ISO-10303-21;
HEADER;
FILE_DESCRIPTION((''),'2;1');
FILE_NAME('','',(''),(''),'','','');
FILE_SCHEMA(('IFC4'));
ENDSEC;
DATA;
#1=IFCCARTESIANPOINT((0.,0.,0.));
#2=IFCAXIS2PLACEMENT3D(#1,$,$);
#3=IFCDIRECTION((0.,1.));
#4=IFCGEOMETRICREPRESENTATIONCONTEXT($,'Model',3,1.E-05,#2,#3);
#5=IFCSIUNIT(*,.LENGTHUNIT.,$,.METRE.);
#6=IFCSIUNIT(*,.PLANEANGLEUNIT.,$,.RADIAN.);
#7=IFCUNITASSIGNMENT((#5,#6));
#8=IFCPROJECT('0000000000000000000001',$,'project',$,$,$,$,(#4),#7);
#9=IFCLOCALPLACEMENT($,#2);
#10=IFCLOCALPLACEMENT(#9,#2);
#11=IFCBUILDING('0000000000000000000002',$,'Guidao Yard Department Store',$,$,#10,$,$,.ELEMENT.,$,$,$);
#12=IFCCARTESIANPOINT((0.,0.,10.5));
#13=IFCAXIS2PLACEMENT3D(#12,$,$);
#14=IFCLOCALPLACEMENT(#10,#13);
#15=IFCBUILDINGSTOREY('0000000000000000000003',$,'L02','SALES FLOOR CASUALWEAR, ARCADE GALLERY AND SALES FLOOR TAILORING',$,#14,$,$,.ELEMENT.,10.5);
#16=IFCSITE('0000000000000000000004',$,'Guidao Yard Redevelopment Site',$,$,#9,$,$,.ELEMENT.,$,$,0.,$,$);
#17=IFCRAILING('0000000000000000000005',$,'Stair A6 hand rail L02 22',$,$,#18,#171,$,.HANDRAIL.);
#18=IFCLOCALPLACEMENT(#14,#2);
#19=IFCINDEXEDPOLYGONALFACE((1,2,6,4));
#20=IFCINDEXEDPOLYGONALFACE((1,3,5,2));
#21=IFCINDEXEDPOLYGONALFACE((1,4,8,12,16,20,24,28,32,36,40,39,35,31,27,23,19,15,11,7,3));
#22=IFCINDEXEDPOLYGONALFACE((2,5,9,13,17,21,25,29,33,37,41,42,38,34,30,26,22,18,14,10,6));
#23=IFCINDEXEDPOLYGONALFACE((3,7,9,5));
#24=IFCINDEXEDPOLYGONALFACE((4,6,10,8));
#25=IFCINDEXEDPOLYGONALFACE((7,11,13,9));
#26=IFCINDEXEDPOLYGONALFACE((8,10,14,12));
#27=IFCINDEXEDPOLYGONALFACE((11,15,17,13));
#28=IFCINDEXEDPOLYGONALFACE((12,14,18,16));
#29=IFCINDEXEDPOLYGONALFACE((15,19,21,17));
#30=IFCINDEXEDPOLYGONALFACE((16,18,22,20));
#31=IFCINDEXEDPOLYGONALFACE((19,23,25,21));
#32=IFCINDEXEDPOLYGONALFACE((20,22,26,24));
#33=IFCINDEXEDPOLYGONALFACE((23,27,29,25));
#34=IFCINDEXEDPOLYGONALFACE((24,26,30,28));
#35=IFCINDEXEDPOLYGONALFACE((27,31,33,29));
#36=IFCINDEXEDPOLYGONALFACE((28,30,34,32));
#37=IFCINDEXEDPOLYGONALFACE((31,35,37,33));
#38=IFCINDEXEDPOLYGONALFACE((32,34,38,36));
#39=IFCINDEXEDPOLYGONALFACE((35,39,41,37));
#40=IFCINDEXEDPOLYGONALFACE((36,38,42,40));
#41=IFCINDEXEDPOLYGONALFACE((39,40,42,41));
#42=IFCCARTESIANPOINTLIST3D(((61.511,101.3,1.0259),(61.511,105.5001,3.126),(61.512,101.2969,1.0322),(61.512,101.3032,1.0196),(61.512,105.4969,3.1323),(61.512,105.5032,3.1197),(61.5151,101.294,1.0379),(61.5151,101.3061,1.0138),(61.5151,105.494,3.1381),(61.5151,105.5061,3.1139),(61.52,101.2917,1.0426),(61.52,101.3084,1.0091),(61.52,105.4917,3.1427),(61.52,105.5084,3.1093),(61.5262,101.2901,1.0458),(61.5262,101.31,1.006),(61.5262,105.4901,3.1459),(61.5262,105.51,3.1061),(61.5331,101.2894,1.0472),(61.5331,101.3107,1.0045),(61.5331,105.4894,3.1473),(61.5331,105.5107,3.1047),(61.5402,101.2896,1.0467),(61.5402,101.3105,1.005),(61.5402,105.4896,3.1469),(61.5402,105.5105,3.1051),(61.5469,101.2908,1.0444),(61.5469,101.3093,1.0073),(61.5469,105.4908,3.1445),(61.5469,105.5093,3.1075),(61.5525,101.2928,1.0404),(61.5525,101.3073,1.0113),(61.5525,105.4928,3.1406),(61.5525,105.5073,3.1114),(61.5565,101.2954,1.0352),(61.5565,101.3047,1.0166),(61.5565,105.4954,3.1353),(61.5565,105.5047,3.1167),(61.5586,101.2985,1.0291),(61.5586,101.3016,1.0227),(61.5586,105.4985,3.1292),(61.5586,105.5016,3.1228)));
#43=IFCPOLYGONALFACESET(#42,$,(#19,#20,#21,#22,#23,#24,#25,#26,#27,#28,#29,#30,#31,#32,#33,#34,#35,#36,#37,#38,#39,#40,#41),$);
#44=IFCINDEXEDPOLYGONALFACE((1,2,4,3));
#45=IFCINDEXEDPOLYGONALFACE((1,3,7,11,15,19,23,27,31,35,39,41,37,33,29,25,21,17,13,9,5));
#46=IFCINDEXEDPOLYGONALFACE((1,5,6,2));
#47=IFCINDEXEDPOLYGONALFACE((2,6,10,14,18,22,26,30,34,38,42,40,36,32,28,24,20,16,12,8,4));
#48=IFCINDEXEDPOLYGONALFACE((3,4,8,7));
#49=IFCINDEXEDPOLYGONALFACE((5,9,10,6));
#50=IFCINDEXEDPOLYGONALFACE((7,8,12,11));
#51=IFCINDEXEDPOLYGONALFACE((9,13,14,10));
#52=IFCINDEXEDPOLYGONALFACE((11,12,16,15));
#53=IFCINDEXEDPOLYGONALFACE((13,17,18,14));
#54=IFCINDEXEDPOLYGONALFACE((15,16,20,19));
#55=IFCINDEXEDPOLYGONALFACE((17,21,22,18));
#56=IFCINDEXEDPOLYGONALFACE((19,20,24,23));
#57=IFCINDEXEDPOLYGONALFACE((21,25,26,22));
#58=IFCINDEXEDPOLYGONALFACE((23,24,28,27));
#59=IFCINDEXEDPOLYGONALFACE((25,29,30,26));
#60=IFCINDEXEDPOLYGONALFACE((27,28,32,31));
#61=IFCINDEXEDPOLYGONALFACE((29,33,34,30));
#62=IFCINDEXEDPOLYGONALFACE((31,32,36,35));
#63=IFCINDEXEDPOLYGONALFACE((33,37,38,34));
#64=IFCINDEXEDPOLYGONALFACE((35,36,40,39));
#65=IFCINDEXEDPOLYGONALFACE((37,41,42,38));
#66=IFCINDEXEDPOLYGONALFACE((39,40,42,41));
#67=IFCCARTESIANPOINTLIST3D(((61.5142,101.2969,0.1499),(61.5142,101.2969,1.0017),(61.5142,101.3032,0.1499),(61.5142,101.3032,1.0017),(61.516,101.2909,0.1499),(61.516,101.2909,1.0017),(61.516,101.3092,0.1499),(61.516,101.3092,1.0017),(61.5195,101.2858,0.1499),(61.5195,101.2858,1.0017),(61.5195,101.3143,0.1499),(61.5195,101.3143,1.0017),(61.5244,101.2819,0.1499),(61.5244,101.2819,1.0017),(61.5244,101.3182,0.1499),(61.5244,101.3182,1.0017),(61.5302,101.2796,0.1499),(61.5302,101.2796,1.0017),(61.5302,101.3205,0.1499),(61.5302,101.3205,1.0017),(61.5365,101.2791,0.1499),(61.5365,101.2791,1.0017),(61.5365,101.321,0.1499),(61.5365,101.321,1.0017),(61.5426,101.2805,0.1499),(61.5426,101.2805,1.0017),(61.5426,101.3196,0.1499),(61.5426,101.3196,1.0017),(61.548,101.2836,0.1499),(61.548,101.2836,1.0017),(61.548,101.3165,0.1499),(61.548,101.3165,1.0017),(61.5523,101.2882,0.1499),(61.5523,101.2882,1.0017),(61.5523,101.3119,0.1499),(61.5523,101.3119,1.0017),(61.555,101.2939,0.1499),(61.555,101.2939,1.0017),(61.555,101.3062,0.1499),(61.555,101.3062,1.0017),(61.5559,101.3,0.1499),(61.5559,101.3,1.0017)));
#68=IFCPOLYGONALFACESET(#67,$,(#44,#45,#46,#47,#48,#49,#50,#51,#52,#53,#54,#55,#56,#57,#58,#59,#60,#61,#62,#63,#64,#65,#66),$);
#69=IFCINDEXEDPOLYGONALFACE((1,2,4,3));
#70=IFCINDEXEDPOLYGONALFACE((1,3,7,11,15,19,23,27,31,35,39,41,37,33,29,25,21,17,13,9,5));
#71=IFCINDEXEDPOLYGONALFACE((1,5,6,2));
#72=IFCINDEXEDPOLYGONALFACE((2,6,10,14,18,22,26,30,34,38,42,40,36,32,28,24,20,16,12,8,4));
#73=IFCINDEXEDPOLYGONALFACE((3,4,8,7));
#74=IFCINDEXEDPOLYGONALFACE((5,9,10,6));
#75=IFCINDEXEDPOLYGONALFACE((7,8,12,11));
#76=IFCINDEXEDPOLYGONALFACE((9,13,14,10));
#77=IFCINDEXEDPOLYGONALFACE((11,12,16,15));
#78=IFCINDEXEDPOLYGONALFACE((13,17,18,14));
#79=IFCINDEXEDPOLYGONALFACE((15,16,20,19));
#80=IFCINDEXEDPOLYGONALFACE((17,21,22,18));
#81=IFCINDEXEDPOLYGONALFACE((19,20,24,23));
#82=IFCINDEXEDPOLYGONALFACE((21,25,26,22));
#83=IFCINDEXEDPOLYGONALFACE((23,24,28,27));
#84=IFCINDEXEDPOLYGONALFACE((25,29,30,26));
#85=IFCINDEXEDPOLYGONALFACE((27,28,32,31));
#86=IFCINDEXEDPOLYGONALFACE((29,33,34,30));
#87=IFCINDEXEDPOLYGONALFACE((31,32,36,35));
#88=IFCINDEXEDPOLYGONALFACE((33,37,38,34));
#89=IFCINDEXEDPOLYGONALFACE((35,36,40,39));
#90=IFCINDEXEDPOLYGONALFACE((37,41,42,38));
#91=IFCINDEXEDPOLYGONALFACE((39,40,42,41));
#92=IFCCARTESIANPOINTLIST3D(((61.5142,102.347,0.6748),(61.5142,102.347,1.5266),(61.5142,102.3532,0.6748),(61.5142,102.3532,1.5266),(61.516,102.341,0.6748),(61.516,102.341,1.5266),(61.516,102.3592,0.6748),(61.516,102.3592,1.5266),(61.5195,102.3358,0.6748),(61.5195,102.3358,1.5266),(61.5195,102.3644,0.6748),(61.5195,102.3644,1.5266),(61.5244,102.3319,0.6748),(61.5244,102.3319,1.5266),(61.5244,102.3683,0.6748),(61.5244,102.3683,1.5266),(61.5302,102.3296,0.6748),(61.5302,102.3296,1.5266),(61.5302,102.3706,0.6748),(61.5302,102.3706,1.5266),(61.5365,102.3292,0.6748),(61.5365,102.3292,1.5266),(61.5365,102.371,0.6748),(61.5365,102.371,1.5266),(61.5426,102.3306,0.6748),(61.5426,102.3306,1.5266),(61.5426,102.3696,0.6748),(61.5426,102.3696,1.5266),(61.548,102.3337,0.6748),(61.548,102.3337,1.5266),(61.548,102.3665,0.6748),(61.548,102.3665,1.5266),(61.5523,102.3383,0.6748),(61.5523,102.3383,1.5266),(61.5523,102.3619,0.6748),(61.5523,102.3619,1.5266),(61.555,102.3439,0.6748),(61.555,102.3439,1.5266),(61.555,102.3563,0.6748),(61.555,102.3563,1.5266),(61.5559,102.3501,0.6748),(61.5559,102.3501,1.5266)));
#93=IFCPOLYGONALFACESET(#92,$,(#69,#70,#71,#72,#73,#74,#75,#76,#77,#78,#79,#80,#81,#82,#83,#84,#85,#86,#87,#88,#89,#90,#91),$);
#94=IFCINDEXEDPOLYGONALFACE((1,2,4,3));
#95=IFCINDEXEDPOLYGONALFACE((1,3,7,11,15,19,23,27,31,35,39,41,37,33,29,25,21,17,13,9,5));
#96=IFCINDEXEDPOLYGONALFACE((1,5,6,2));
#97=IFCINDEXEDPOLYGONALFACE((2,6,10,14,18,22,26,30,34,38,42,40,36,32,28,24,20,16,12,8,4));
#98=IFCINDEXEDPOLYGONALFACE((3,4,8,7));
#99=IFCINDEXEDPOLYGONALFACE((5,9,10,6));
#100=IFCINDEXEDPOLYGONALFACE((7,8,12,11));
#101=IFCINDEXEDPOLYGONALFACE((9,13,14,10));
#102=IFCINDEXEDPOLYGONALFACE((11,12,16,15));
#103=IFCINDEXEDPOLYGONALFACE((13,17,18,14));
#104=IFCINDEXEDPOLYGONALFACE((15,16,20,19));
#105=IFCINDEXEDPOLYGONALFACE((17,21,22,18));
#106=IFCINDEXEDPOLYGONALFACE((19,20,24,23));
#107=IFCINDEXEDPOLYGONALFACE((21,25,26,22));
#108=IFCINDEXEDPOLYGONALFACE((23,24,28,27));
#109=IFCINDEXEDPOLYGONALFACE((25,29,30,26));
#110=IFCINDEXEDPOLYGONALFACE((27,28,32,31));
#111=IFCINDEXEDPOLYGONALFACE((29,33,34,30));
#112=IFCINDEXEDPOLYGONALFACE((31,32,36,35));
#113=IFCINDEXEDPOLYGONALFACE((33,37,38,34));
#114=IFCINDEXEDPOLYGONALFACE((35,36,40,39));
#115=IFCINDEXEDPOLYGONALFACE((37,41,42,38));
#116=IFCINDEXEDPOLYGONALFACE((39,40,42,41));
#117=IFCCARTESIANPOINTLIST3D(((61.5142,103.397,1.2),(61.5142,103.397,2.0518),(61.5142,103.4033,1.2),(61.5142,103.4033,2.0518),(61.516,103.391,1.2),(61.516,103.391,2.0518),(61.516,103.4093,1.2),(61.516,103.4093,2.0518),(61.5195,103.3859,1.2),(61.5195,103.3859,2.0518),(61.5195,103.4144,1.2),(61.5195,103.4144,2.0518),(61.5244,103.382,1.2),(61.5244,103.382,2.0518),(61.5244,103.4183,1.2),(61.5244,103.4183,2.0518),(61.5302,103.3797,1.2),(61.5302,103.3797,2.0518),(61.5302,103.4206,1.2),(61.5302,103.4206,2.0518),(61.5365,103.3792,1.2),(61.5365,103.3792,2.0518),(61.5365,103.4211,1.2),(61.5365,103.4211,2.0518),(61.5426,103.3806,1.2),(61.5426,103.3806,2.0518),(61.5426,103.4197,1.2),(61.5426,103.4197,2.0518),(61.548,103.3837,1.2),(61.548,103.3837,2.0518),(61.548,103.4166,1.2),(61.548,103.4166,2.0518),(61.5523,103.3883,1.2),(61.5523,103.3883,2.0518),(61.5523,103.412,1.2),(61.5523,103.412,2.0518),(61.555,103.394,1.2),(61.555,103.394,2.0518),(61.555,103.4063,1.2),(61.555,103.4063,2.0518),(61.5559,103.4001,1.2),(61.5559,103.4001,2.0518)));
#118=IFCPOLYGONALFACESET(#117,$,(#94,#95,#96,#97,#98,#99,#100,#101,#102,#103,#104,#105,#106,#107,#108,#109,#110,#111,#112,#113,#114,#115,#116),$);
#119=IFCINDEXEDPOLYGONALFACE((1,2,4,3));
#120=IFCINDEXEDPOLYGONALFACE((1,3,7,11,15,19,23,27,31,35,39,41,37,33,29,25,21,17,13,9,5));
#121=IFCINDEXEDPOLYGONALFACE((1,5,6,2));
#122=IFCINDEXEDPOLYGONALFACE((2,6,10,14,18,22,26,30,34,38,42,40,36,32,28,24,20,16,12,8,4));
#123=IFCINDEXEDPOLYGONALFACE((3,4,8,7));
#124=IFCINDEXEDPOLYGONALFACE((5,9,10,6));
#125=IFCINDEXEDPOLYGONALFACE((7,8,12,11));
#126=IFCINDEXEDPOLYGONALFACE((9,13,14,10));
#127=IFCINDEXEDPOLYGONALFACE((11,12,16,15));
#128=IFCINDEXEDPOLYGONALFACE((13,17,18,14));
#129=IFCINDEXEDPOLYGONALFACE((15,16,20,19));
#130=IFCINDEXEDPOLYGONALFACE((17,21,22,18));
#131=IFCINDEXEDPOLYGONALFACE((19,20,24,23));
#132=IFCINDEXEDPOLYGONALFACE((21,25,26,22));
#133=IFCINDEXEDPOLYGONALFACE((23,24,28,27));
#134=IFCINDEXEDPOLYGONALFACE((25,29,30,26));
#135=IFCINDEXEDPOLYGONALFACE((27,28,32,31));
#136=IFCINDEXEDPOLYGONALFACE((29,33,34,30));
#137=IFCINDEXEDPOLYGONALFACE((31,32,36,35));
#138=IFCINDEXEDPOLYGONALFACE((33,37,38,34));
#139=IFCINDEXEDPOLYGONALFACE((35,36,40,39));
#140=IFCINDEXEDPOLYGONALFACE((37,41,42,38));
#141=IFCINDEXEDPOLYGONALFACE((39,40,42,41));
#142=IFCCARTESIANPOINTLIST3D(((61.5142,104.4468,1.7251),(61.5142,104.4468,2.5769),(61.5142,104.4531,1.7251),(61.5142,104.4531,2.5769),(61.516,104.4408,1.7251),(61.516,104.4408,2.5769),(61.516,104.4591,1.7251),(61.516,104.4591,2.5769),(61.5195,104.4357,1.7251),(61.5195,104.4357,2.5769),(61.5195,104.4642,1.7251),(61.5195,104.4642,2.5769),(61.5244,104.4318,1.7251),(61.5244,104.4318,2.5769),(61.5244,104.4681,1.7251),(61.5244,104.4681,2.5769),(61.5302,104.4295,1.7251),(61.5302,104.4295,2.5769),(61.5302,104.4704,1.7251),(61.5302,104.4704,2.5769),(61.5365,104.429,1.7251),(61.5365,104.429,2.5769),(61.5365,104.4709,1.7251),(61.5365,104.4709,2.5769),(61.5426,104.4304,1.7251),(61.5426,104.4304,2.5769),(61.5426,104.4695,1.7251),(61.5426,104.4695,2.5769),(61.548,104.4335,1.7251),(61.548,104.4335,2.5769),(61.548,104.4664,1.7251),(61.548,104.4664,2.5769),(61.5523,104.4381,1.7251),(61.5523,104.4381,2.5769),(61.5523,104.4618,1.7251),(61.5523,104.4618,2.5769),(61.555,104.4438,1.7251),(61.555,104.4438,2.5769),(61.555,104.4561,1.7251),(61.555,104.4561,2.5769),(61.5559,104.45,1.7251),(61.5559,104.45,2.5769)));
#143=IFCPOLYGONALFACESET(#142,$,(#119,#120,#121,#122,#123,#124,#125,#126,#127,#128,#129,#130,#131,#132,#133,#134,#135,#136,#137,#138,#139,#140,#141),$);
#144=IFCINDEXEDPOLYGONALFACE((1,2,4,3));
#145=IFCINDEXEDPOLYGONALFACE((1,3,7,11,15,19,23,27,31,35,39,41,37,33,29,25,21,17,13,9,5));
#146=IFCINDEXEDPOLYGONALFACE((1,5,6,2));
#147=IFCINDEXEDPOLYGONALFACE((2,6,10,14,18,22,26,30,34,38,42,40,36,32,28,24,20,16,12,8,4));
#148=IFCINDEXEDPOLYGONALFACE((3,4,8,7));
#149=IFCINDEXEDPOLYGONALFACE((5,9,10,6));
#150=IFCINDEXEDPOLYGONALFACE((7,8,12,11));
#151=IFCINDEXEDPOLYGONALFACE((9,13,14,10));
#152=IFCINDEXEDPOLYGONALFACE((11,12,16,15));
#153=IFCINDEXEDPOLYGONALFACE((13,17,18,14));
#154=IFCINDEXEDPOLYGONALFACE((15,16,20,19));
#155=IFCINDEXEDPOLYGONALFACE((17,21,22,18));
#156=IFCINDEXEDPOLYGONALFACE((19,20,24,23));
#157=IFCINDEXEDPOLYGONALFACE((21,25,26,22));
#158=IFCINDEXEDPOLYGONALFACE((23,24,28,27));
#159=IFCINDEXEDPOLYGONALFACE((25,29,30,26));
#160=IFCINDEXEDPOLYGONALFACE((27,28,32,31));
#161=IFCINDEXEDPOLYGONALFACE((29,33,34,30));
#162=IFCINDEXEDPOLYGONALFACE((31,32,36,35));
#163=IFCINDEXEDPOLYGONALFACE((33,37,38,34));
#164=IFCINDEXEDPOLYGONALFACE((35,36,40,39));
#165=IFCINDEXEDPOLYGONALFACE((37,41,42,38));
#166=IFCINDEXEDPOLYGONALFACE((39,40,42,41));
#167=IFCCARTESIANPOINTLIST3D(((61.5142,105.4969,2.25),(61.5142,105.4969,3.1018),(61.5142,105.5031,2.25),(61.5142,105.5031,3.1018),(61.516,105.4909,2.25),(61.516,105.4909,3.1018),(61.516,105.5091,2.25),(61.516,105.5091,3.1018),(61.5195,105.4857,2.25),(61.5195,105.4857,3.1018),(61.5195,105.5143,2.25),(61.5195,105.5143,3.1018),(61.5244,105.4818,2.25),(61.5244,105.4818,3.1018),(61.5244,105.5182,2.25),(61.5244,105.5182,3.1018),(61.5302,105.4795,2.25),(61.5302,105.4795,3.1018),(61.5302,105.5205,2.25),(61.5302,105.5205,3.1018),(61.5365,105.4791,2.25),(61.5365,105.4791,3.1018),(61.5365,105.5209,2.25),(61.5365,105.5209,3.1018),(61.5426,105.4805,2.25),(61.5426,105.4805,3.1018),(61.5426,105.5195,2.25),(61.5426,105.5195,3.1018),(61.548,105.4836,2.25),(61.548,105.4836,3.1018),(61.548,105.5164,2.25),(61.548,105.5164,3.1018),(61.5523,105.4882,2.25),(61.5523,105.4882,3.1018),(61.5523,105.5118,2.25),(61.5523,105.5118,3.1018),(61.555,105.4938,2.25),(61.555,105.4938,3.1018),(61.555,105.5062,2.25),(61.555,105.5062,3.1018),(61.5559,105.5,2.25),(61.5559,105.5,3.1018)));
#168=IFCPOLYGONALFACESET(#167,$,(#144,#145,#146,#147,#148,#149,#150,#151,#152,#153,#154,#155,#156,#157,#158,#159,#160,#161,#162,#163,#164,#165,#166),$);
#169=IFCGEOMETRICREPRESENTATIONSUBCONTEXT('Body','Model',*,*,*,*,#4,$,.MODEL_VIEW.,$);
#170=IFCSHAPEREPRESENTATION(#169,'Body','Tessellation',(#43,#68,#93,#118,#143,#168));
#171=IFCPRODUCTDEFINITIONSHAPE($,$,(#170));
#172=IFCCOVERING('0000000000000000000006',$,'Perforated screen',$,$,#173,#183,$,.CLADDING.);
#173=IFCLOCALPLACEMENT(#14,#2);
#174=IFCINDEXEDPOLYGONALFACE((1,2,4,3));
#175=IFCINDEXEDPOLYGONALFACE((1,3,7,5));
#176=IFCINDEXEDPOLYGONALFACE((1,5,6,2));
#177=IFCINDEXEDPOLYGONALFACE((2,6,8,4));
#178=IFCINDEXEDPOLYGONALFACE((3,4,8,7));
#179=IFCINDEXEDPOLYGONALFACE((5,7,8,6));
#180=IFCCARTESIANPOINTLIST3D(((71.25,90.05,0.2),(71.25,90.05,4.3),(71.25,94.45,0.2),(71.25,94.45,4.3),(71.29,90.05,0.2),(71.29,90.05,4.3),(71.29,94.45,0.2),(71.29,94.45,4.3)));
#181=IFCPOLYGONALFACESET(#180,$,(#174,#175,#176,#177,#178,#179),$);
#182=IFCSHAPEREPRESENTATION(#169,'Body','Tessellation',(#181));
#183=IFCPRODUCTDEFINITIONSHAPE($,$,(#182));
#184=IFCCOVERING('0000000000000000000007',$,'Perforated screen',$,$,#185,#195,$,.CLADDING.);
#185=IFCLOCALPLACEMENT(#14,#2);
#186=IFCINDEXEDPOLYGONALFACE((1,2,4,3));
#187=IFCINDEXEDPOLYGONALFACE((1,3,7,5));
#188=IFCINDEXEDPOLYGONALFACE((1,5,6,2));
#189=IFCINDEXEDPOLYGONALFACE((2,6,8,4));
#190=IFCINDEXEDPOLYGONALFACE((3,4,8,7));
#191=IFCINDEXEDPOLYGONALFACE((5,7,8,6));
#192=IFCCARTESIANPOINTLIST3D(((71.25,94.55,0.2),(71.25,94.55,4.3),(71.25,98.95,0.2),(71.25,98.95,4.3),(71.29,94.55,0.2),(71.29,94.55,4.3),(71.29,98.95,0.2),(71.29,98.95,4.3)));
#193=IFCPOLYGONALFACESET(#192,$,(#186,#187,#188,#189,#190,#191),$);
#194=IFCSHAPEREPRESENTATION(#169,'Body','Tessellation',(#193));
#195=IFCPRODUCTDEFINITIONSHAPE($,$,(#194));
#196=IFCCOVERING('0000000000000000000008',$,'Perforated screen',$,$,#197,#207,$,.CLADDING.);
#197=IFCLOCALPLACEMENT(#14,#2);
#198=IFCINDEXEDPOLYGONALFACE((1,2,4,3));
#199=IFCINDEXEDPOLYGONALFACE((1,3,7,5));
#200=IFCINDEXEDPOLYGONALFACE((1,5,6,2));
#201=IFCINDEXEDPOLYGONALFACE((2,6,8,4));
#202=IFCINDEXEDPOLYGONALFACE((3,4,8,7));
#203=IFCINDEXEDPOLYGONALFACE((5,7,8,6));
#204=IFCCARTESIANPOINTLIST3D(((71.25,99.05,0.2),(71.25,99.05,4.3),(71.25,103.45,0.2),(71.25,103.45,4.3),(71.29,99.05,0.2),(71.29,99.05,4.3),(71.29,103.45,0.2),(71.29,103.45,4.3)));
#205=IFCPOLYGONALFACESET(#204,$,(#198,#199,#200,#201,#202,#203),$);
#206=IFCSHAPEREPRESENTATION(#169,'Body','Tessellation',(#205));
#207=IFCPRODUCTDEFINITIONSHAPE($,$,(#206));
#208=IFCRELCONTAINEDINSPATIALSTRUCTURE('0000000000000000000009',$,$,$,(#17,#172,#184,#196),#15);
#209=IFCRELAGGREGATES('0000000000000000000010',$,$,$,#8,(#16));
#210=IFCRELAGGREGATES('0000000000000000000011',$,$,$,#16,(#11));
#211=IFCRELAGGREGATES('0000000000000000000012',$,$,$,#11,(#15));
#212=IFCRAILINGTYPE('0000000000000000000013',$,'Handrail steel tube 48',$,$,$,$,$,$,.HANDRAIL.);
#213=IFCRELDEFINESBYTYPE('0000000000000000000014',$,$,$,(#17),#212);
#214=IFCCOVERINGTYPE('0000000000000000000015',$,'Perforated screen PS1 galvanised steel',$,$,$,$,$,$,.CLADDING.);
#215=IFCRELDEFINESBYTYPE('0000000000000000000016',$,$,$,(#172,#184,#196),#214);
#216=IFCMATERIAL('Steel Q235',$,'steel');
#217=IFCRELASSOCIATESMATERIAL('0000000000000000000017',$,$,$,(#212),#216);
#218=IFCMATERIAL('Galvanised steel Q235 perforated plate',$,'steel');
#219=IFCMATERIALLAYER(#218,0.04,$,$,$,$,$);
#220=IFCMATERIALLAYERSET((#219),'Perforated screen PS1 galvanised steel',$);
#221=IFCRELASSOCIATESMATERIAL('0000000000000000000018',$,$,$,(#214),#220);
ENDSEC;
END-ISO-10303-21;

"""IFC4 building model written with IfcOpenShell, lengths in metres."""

from ifc_helpers import new_model, si_unit, direction, frame, origin, origin_2d, place, context, subcontext, project, spatial, rectangle, circle, extrude, material, layer, layer_set, type_object, element, save


model = new_model("IFC4")

# Units and contexts
model_context = context("Model", 3, precision=1e-05, world=origin(), true_north=direction((0.0, 1.0)))
body_context = subcontext(model_context, "Body", "Model", "MODEL_VIEW")
ifc_project = project(units=[si_unit("LENGTHUNIT", "METRE"), si_unit("PLANEANGLEUNIT", "RADIAN")], contexts=[model_context])

# Site, building, storey
site_placement = place(None, origin())
site = spatial("IfcSite", under=ifc_project, at=site_placement, Name="Guidao Yard Redevelopment Site", CompositionType="ELEMENT", RefElevation=0.0)
building_placement = place(site_placement, origin())
building = spatial("IfcBuilding", under=site, at=building_placement, Name="Guidao Yard Department Store", CompositionType="ELEMENT")
storey_placement = place(building_placement, frame((0.0, 0.0, 10.5)))
storey = spatial("IfcBuildingStorey", under=building, at=storey_placement, Name="L02", Description="SALES FLOOR CASUALWEAR, ARCADE GALLERY AND SALES FLOOR TAILORING", CompositionType="ELEMENT", Elevation=10.5)

# Railing
ifc_material_1 = material(Name="Steel Q235", Category="steel")
railing_type_1 = type_object("IfcRailingType", Name="Handrail steel tube 48", PredefinedType="HANDRAIL", material=ifc_material_1)
for number, where, name in (
    (1, (61.5349, 101.3, 0.1499), "Stair A6 hand rail L02 22"),
):
    element("IfcRailing", number, at=place(storey_placement, frame(where)), inside=storey, type_object=railing_type_1, Name=name, PredefinedType="HANDRAIL", context=body_context, shape_type="SweptSolid", body=[
        extrude(circle(Radius=0.0239, at=origin_2d()), frame((0.0, 0.0, 0.876), z_axis=(0.0, 0.894417, 0.447234), x_axis=(-1.0, 0.0, 0.0)), (0.0, 0.0, 1.0), 4.6958),
        extrude(circle(Radius=0.021, at=origin_2d()), origin(), (0.0, 0.0, 1.0), 0.8518),
        extrude(circle(Radius=0.021, at=origin_2d()), frame((0.0, 1.05, 0.5249)), (0.0, 0.0, 1.0), 0.8518),
        extrude(circle(Radius=0.021, at=origin_2d()), frame((0.0, 2.1001, 1.05)), (0.0, 0.0, 1.0), 0.8518),
        extrude(circle(Radius=0.021, at=origin_2d()), frame((0.0, 3.1499, 1.5752)), (0.0, 0.0, 1.0), 0.8518),
        extrude(circle(Radius=0.021, at=origin_2d()), frame((0.0, 4.2, 2.1001)), (0.0, 0.0, 1.0), 0.8518),
    ])

# Coverings
ifc_material_2 = material(Name="Galvanised steel Q235 perforated plate", Category="steel")
ifc_layer_1 = layer(ifc_material_2, 0.04)
ifc_layer_set_1 = layer_set([ifc_layer_1], Name="Perforated screen PS1 galvanised steel")
covering_type_1 = type_object("IfcCoveringType", Name="Perforated screen PS1 galvanised steel", PredefinedType="CLADDING", material=ifc_layer_set_1)
for number, where, z_axis, x_axis, name in (
    (2, (71.27, 92.25, 0.2), (0.0, 0.0, 1.0), (0.0, 1.0, 0.0), "Perforated screen"),
    (3, (71.27, 96.75, 0.2), (0.0, 0.0, 1.0), (0.0, 1.0, 0.0), "Perforated screen"),
    (4, (71.27, 101.25, 0.2), (0.0, 0.0, 1.0), (0.0, 1.0, 0.0), "Perforated screen"),
):
    element("IfcCovering", number, at=place(storey_placement, frame(where, z_axis=z_axis, x_axis=x_axis)), inside=storey, type_object=covering_type_1, Name=name, PredefinedType="CLADDING", context=body_context, shape_type="SweptSolid", body=[
        extrude(rectangle(XDim=4.3999, YDim=0.04, at=origin_2d()), origin(), (0.0, 0.0, 1.0), 4.1001),
    ])

save(model, "model.ifc")
